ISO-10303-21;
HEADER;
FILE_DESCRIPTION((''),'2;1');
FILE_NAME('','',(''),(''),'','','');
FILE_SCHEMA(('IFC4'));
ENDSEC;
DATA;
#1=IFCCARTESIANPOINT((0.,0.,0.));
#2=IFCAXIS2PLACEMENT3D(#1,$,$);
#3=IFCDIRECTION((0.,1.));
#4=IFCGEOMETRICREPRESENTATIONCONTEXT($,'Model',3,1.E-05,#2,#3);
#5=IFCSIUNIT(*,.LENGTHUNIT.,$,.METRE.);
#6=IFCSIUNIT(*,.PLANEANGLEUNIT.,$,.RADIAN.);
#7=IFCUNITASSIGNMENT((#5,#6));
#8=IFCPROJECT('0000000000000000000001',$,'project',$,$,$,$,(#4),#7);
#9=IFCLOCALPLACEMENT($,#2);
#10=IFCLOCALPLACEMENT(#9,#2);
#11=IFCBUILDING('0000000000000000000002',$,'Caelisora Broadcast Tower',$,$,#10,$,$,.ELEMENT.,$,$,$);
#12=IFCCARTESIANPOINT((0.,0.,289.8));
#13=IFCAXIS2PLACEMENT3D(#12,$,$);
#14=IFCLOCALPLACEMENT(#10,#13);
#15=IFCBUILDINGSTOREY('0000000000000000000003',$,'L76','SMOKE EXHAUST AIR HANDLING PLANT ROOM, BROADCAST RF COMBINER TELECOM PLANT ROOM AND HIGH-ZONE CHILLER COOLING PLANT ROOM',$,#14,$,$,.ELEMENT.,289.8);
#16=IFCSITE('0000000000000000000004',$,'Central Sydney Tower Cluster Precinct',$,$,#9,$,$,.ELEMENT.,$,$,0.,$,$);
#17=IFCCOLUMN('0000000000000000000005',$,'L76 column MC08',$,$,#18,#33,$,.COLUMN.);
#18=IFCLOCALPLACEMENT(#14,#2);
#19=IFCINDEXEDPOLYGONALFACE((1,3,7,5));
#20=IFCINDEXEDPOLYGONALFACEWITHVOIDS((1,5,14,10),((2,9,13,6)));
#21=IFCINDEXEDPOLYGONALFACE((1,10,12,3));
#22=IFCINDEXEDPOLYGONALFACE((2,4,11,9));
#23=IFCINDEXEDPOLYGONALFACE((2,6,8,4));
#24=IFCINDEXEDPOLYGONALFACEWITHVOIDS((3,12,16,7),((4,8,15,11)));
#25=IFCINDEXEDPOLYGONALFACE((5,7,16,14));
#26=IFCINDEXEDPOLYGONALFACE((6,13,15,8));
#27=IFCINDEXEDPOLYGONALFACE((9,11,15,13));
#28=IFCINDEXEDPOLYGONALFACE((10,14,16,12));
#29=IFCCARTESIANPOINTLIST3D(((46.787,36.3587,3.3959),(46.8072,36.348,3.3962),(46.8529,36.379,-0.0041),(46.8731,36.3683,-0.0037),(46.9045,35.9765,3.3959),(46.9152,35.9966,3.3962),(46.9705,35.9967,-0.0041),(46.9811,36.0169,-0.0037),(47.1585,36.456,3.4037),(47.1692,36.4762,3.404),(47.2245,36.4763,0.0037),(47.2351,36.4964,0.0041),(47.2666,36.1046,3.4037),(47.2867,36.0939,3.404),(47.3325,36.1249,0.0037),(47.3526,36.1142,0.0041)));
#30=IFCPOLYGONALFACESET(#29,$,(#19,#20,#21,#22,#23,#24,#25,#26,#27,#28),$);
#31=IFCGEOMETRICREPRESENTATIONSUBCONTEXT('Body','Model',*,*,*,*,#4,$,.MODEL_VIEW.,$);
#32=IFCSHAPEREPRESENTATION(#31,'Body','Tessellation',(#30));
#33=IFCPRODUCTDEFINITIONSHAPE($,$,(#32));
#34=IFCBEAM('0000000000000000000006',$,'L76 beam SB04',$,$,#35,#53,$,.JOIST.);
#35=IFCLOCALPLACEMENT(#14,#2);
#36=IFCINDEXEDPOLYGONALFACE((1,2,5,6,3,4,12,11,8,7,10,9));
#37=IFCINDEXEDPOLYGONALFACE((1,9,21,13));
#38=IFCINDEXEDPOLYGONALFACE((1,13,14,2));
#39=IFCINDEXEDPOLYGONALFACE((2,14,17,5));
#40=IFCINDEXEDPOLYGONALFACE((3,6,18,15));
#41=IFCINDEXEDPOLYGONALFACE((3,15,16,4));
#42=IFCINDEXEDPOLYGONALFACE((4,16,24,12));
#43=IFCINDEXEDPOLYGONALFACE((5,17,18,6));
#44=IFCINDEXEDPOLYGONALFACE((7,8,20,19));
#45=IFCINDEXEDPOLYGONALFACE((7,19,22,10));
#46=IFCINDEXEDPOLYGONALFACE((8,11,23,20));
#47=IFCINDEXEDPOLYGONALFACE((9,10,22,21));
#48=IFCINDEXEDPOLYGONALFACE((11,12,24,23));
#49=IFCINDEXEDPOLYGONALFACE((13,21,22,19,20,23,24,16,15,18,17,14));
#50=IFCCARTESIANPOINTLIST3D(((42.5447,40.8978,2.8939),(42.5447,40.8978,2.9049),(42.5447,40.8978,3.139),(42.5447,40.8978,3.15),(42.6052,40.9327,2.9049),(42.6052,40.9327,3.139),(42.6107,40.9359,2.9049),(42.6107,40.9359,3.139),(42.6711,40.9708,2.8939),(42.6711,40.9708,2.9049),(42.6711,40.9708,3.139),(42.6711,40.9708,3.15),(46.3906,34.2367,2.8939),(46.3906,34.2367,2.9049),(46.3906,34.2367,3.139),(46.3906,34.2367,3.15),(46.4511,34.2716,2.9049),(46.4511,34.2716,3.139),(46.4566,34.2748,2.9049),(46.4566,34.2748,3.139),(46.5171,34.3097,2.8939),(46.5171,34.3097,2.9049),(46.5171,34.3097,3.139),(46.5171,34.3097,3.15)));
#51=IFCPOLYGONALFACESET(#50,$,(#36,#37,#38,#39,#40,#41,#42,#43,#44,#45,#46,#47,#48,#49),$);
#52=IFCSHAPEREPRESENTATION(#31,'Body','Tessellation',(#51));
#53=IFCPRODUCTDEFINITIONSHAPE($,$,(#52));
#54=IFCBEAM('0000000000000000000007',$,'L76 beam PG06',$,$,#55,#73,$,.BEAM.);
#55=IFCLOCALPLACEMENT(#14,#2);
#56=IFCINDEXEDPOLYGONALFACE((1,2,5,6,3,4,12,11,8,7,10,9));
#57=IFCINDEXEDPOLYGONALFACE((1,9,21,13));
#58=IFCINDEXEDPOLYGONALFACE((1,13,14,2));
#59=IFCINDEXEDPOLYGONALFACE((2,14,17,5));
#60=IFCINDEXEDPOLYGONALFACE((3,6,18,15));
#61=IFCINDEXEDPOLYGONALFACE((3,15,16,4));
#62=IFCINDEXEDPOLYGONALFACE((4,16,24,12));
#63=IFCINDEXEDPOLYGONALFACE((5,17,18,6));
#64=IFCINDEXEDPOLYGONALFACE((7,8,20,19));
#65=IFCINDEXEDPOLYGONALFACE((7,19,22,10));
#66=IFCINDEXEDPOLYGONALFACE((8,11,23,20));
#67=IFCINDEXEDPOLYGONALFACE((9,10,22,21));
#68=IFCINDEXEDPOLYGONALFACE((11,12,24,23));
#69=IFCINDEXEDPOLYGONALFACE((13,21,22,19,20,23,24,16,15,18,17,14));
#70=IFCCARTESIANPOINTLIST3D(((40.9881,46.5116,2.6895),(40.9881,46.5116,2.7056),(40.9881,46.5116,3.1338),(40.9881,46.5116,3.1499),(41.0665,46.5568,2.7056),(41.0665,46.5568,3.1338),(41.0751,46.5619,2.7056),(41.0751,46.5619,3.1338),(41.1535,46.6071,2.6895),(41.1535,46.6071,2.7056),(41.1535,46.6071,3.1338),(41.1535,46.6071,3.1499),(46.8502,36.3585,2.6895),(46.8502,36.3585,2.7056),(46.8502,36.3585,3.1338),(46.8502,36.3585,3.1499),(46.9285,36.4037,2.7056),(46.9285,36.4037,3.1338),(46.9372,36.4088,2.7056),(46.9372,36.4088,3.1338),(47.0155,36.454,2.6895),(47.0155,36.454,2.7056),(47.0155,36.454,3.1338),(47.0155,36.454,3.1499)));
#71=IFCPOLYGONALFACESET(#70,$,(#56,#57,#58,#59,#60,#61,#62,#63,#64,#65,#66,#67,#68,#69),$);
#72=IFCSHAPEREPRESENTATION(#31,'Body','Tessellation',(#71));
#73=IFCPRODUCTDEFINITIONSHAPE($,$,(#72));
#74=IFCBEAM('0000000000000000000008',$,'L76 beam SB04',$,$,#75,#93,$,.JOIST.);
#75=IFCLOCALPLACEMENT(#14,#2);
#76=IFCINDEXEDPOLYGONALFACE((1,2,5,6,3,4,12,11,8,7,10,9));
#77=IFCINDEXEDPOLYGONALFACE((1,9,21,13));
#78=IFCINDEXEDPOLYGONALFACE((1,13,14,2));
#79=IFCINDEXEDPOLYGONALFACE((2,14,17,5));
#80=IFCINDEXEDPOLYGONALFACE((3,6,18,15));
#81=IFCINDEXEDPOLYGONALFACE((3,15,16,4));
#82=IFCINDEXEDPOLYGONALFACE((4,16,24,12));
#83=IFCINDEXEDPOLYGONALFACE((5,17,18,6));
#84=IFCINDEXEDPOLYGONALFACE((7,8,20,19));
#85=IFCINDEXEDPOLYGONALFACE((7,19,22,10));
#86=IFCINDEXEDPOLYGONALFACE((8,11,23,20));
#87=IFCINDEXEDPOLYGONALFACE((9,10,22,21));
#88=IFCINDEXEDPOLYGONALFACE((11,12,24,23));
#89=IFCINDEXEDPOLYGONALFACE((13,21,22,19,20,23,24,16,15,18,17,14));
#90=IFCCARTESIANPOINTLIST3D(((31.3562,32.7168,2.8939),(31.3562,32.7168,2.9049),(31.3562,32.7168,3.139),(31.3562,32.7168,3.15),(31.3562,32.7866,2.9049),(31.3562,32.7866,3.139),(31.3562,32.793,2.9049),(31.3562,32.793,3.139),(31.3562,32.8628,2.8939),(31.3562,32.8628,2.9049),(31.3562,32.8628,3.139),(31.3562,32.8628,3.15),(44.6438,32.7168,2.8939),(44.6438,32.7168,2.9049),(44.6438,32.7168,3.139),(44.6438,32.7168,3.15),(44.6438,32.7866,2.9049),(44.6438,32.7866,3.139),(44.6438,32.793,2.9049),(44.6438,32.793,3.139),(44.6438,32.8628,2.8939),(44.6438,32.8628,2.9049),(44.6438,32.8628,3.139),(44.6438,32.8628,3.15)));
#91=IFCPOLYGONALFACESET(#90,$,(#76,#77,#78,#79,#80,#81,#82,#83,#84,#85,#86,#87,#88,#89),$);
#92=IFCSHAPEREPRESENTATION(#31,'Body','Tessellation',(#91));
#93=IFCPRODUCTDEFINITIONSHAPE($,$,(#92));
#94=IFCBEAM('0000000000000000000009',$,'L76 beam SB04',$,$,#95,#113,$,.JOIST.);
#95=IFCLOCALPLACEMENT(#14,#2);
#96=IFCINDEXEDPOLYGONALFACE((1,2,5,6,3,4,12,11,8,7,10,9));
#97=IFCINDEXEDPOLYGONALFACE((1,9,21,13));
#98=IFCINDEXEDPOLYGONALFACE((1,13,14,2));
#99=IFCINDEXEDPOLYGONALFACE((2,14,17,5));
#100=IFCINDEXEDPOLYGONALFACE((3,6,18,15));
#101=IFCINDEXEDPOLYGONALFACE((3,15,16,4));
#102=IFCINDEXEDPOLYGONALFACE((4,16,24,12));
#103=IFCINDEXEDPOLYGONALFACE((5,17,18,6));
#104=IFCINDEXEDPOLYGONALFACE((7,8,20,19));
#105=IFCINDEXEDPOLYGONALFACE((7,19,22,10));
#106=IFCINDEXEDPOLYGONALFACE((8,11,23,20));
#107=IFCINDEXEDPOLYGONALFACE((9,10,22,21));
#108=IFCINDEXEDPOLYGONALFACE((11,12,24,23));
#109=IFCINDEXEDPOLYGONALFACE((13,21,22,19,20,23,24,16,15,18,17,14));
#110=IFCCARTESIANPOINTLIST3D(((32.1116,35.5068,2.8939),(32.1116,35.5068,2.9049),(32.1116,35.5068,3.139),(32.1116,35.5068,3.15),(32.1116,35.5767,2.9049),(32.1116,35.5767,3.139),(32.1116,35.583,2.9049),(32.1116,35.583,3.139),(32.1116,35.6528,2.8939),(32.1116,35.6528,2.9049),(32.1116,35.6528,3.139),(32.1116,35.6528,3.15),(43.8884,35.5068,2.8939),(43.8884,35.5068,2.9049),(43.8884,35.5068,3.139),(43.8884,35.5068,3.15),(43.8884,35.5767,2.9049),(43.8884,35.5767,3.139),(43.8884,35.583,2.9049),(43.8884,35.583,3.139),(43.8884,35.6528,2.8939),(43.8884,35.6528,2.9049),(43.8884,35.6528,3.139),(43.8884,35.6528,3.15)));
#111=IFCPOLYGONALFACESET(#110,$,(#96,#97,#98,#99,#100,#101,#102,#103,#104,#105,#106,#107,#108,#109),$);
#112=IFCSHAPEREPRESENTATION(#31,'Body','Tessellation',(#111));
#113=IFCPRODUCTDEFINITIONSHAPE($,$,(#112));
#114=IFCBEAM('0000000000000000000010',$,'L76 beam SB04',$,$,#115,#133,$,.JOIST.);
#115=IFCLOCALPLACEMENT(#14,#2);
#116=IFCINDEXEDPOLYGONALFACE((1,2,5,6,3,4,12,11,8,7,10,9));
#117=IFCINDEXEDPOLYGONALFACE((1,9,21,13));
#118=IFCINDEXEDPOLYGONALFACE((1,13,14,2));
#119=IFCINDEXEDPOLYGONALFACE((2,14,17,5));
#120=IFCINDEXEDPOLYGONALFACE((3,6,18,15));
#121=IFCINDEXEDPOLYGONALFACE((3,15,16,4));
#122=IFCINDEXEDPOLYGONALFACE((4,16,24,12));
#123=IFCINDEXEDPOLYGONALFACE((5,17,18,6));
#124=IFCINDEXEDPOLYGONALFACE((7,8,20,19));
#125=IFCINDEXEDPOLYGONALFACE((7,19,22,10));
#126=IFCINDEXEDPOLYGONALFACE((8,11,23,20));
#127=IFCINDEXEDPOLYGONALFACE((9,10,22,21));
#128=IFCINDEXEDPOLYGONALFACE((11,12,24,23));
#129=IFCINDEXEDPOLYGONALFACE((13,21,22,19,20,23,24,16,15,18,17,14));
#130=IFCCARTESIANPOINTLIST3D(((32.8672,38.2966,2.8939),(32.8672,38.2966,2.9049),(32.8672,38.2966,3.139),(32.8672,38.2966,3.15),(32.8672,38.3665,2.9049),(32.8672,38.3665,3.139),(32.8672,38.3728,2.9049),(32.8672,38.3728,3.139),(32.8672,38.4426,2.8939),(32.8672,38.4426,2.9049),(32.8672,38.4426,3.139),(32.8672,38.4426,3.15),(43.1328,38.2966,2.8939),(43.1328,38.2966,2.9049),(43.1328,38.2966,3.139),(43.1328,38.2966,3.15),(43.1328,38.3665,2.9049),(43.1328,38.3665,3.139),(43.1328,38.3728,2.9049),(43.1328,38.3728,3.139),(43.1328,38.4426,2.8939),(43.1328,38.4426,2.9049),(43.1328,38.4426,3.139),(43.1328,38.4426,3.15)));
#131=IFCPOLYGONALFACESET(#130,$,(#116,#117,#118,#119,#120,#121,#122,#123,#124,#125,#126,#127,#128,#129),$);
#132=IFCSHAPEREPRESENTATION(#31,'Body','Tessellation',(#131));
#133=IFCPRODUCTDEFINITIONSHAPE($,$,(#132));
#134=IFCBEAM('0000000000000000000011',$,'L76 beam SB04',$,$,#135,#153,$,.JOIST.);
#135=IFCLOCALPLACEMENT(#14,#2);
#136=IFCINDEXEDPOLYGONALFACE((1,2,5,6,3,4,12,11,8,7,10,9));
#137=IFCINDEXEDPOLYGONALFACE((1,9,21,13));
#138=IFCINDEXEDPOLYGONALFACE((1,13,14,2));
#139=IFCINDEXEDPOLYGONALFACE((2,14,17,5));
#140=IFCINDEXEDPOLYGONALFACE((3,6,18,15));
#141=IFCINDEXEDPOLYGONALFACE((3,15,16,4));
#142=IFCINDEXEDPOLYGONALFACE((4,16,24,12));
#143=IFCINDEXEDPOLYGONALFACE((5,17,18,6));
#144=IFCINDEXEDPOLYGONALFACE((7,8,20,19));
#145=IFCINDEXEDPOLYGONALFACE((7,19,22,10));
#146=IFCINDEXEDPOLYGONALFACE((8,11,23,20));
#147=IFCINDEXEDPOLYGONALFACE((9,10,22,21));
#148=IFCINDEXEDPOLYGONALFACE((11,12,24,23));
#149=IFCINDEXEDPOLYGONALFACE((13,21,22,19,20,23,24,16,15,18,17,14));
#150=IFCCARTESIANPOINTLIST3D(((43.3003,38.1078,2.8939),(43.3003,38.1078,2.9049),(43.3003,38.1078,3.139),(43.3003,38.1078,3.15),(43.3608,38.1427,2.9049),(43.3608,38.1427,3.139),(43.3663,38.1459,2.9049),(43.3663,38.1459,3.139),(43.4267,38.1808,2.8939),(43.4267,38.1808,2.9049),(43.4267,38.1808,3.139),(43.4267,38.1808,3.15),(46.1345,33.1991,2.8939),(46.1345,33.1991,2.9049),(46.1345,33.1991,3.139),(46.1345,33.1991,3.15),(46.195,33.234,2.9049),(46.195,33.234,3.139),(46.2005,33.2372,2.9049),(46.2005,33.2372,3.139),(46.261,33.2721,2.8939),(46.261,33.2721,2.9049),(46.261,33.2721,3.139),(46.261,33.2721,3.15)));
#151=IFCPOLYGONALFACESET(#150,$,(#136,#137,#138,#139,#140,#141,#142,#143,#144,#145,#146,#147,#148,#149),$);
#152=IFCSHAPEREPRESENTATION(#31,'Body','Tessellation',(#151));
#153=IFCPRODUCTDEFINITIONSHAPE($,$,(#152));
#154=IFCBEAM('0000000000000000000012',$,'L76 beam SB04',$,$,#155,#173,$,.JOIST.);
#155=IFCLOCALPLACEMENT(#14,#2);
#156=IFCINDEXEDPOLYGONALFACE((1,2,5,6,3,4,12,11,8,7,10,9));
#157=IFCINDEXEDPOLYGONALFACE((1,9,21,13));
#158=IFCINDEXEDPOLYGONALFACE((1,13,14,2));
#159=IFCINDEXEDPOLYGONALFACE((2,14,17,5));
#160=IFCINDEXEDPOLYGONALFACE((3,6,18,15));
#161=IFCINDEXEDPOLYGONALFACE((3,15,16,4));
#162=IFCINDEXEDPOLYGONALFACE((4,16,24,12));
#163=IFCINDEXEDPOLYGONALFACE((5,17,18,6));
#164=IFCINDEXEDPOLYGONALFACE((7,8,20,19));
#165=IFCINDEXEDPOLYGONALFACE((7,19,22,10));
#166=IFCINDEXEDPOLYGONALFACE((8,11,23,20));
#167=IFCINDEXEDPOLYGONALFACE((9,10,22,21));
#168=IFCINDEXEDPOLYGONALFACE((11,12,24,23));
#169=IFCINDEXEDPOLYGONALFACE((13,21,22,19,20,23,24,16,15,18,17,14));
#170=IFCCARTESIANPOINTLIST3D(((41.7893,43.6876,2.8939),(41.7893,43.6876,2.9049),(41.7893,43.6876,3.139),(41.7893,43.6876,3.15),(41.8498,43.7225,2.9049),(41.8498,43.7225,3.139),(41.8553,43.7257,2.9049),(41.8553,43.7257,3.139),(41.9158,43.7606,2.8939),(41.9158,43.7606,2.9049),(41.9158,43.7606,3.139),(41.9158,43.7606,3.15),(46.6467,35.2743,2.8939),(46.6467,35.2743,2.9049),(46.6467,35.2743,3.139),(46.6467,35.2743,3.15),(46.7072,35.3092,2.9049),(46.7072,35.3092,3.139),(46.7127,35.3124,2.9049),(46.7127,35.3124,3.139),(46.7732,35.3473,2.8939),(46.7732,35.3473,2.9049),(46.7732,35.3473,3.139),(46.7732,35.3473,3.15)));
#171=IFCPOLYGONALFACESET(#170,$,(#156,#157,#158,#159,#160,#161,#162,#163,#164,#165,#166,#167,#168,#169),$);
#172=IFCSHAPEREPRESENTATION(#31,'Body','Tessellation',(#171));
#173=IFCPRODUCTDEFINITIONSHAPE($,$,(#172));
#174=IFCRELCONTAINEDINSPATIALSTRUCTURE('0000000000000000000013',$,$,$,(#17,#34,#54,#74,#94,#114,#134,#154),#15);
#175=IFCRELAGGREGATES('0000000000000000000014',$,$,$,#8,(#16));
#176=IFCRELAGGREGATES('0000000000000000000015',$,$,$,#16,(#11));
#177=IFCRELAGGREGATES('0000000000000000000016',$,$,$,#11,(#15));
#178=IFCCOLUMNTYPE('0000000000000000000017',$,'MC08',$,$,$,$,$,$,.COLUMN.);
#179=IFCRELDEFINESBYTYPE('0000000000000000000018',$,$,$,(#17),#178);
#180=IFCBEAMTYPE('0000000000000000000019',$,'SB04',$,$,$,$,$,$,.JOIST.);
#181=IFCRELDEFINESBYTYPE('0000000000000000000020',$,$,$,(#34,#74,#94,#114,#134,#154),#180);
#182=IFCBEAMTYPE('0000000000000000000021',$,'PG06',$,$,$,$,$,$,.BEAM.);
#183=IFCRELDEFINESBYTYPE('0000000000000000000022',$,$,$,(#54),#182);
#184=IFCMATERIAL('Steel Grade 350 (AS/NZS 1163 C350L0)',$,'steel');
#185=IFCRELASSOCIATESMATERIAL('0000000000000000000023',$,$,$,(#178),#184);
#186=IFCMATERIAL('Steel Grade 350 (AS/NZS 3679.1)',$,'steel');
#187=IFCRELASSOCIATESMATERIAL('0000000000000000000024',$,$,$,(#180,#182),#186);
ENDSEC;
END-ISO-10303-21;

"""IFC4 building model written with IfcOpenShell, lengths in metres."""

from ifc_helpers import new_model, si_unit, direction, frame, origin, origin_2d, place, context, subcontext, project, spatial, hollow_rectangle, i_section, extrude, source, transform, mapped, material, material_profile, profile_set, type_object, type_shapes, element, save


model = new_model("IFC4")

# Units and contexts
model_context = context("Model", 3, precision=1e-05, world=origin(), true_north=direction((0.0, 1.0)))
body_context = subcontext(model_context, "Body", "Model", "MODEL_VIEW")
ifc_project = project(units=[si_unit("LENGTHUNIT", "METRE"), si_unit("PLANEANGLEUNIT", "RADIAN")], contexts=[model_context])

# Site, building, storey
site_placement = place(None, origin())
site = spatial("IfcSite", under=ifc_project, at=site_placement, Name="Central Sydney Tower Cluster Precinct", CompositionType="ELEMENT", RefElevation=0.0)
building_placement = place(site_placement, origin())
building = spatial("IfcBuilding", under=site, at=building_placement, Name="Caelisora Broadcast Tower", CompositionType="ELEMENT")
storey_placement = place(building_placement, frame((0.0, 0.0, 289.8)))
storey = spatial("IfcBuildingStorey", under=building, at=storey_placement, Name="L76", Description="SMOKE EXHAUST AIR HANDLING PLANT ROOM, BROADCAST RF COMBINER TELECOM PLANT ROOM AND HIGH-ZONE CHILLER COOLING PLANT ROOM", CompositionType="ELEMENT", Elevation=289.8)

# Column
ifc_material_1 = material(Name="Steel Grade 350 (AS/NZS 1163 C350L0)", Category="steel")
ifc_material_profile_1 = material_profile(ifc_material_1, hollow_rectangle(XDim=0.3999, YDim=0.3999, WallThickness=0.0161, at=origin_2d()), Name="Steel Grade 350 (AS/NZS 1163 C350L0)")
ifc_profile_set_1 = profile_set([ifc_material_profile_1], Name="Steel Grade 350 (AS/NZS 1163 C350L0)")
column_type = type_object("IfcColumnType", Name="MC08", PredefinedType="COLUMN", material=ifc_profile_set_1)
shared_shape_1 = source(origin(), body_context, "Body", "SweptSolid", [
    extrude(hollow_rectangle(XDim=0.3999, YDim=0.3999, WallThickness=0.0161, at=origin_2d()), origin(), (0.0, 0.0, 1.0), 3.4006),
])
type_shapes(column_type, [shared_shape_1])
column_placement = place(storey_placement, frame((47.1028, 36.2466, 0.0), z_axis=(-0.019384, -0.005959, 0.999794), x_axis=(0.293837, -0.955856, 0.0)))
element("IfcColumn", 1, at=column_placement, inside=storey, type_object=column_type, Name="L76 column MC08", PredefinedType="COLUMN", context=body_context, shape_type="MappedRepresentation", body=[
    mapped(shared_shape_1, transform((0.0, 0.0, 0.0), scale=1.0)),
])

# Beams
ifc_material_2 = material(Name="Steel Grade 350 (AS/NZS 3679.1)", Category="steel")
ifc_material_profile_2 = material_profile(ifc_material_2, i_section(OverallWidth=0.146, OverallDepth=0.2561, WebThickness=0.0063, FlangeThickness=0.011, at=origin_2d()), Name="Steel Grade 350 (AS/NZS 3679.1)")
ifc_profile_set_2 = profile_set([ifc_material_profile_2], Name="Steel Grade 350 (AS/NZS 3679.1)")
beam_type_1 = type_object("IfcBeamType", Name="SB04", PredefinedType="JOIST", material=ifc_profile_set_2)
shared_shape_2 = source(origin(), body_context, "Body", "SweptSolid", [
    extrude(i_section(OverallWidth=0.146, OverallDepth=0.2561, WebThickness=0.0063, FlangeThickness=0.011, at=origin_2d()), origin(), (0.0, 0.0, 1.0), 7.6917),
])
beam_1_placement = place(storey_placement, frame((46.4539, 34.2732, 3.022), z_axis=(-0.500014, 0.866017, 0.0), x_axis=(-0.866017, -0.500014, 0.0)))
element("IfcBeam", 2, at=beam_1_placement, inside=storey, type_object=beam_type_1, Name="L76 beam SB04", PredefinedType="JOIST", context=body_context, shape_type="MappedRepresentation", body=[
    mapped(shared_shape_2, transform((0.0, 0.0, 0.0), scale=1.0)),
])
ifc_material_profile_3 = material_profile(ifc_material_2, i_section(OverallWidth=0.1909, OverallDepth=0.4604, WebThickness=0.01, FlangeThickness=0.0161, at=origin_2d()), Name="Steel Grade 350 (AS/NZS 3679.1)")
ifc_profile_set_3 = profile_set([ifc_material_profile_3], Name="Steel Grade 350 (AS/NZS 3679.1)")
beam_type_2 = type_object("IfcBeamType", Name="PG06", PredefinedType="BEAM", material=ifc_profile_set_3)
shared_shape_3 = source(origin(), body_context, "Body", "SweptSolid", [
    extrude(i_section(OverallWidth=0.1909, OverallDepth=0.4604, WebThickness=0.01, FlangeThickness=0.0161, at=origin_2d()), origin(), (0.0, 0.0, 1.0), 11.7239),
])
type_shapes(beam_type_2, [shared_shape_3])
beam_2_placement = place(storey_placement, frame((46.9329, 36.4062, 2.9197), z_axis=(-0.500011, 0.866019, 0.0), x_axis=(-0.866019, -0.500011, 0.0)))
element("IfcBeam", 3, at=beam_2_placement, inside=storey, type_object=beam_type_2, Name="L76 beam PG06", PredefinedType="BEAM", context=body_context, shape_type="MappedRepresentation", body=[
    mapped(shared_shape_3, transform((0.0, 0.0, 0.0), scale=1.0)),
])
shared_shape_4 = source(origin(), body_context, "Body", "SweptSolid", [
    extrude(i_section(OverallWidth=0.146, OverallDepth=0.2561, WebThickness=0.0063, FlangeThickness=0.011, at=origin_2d()), origin(), (0.0, 0.0, 1.0), 13.2876),
])
beam_3_placement = place(storey_placement, frame((44.6438, 32.7898, 3.022), z_axis=(-1.0, 0.0, 0.0), x_axis=(0.0, -1.0, 0.0)))
element("IfcBeam", 4, at=beam_3_placement, inside=storey, type_object=beam_type_1, Name="L76 beam SB04", PredefinedType="JOIST", context=body_context, shape_type="MappedRepresentation", body=[
    mapped(shared_shape_4, transform((0.0, 0.0, 0.0), scale=1.0)),
])
shared_shape_5 = source(origin(), body_context, "Body", "SweptSolid", [
    extrude(i_section(OverallWidth=0.146, OverallDepth=0.2561, WebThickness=0.0063, FlangeThickness=0.011, at=origin_2d()), origin(), (0.0, 0.0, 1.0), 11.7769),
])
beam_4_placement = place(storey_placement, frame((43.8884, 35.5798, 3.022), z_axis=(-1.0, 0.0, 0.0), x_axis=(0.0, -1.0, 0.0)))
element("IfcBeam", 5, at=beam_4_placement, inside=storey, type_object=beam_type_1, Name="L76 beam SB04", PredefinedType="JOIST", context=body_context, shape_type="MappedRepresentation", body=[
    mapped(shared_shape_5, transform((0.0, 0.0, 0.0), scale=1.0)),
])
shared_shape_6 = source(origin(), body_context, "Body", "SweptSolid", [
    extrude(i_section(OverallWidth=0.146, OverallDepth=0.2561, WebThickness=0.0063, FlangeThickness=0.011, at=origin_2d()), origin(), (0.0, 0.0, 1.0), 10.2656),
])
beam_5_placement = place(storey_placement, frame((43.1328, 38.3696, 3.022), z_axis=(-1.0, 0.0, 0.0), x_axis=(0.0, -1.0, 0.0)))
element("IfcBeam", 6, at=beam_5_placement, inside=storey, type_object=beam_type_1, Name="L76 beam SB04", PredefinedType="JOIST", context=body_context, shape_type="MappedRepresentation", body=[
    mapped(shared_shape_6, transform((0.0, 0.0, 0.0), scale=1.0)),
])
shared_shape_7 = source(origin(), body_context, "Body", "SweptSolid", [
    extrude(i_section(OverallWidth=0.146, OverallDepth=0.2561, WebThickness=0.0063, FlangeThickness=0.011, at=origin_2d()), origin(), (0.0, 0.0, 1.0), 5.6682),
])
beam_6_placement = place(storey_placement, frame((46.1978, 33.2356, 3.022), z_axis=(-0.500026, 0.866011, 0.0), x_axis=(-0.866011, -0.500026, 0.0)))
element("IfcBeam", 7, at=beam_6_placement, inside=storey, type_object=beam_type_1, Name="L76 beam SB04", PredefinedType="JOIST", context=body_context, shape_type="MappedRepresentation", body=[
    mapped(shared_shape_7, transform((0.0, 0.0, 0.0), scale=1.0)),
])
shared_shape_8 = source(origin(), body_context, "Body", "SweptSolid", [
    extrude(i_section(OverallWidth=0.146, OverallDepth=0.2561, WebThickness=0.0063, FlangeThickness=0.011, at=origin_2d()), origin(), (0.0, 0.0, 1.0), 9.7148),
])
type_shapes(beam_type_1, [shared_shape_2, shared_shape_4, shared_shape_5, shared_shape_6, shared_shape_7, shared_shape_8])
beam_7_placement = place(storey_placement, frame((46.71, 35.3108, 3.022), z_axis=(-0.499999, 0.866026, 0.0), x_axis=(-0.866026, -0.499999, 0.0)))
element("IfcBeam", 8, at=beam_7_placement, inside=storey, type_object=beam_type_1, Name="L76 beam SB04", PredefinedType="JOIST", context=body_context, shape_type="MappedRepresentation", body=[
    mapped(shared_shape_8, transform((0.0, 0.0, 0.0), scale=1.0)),
])

save(model, "model.ifc")
